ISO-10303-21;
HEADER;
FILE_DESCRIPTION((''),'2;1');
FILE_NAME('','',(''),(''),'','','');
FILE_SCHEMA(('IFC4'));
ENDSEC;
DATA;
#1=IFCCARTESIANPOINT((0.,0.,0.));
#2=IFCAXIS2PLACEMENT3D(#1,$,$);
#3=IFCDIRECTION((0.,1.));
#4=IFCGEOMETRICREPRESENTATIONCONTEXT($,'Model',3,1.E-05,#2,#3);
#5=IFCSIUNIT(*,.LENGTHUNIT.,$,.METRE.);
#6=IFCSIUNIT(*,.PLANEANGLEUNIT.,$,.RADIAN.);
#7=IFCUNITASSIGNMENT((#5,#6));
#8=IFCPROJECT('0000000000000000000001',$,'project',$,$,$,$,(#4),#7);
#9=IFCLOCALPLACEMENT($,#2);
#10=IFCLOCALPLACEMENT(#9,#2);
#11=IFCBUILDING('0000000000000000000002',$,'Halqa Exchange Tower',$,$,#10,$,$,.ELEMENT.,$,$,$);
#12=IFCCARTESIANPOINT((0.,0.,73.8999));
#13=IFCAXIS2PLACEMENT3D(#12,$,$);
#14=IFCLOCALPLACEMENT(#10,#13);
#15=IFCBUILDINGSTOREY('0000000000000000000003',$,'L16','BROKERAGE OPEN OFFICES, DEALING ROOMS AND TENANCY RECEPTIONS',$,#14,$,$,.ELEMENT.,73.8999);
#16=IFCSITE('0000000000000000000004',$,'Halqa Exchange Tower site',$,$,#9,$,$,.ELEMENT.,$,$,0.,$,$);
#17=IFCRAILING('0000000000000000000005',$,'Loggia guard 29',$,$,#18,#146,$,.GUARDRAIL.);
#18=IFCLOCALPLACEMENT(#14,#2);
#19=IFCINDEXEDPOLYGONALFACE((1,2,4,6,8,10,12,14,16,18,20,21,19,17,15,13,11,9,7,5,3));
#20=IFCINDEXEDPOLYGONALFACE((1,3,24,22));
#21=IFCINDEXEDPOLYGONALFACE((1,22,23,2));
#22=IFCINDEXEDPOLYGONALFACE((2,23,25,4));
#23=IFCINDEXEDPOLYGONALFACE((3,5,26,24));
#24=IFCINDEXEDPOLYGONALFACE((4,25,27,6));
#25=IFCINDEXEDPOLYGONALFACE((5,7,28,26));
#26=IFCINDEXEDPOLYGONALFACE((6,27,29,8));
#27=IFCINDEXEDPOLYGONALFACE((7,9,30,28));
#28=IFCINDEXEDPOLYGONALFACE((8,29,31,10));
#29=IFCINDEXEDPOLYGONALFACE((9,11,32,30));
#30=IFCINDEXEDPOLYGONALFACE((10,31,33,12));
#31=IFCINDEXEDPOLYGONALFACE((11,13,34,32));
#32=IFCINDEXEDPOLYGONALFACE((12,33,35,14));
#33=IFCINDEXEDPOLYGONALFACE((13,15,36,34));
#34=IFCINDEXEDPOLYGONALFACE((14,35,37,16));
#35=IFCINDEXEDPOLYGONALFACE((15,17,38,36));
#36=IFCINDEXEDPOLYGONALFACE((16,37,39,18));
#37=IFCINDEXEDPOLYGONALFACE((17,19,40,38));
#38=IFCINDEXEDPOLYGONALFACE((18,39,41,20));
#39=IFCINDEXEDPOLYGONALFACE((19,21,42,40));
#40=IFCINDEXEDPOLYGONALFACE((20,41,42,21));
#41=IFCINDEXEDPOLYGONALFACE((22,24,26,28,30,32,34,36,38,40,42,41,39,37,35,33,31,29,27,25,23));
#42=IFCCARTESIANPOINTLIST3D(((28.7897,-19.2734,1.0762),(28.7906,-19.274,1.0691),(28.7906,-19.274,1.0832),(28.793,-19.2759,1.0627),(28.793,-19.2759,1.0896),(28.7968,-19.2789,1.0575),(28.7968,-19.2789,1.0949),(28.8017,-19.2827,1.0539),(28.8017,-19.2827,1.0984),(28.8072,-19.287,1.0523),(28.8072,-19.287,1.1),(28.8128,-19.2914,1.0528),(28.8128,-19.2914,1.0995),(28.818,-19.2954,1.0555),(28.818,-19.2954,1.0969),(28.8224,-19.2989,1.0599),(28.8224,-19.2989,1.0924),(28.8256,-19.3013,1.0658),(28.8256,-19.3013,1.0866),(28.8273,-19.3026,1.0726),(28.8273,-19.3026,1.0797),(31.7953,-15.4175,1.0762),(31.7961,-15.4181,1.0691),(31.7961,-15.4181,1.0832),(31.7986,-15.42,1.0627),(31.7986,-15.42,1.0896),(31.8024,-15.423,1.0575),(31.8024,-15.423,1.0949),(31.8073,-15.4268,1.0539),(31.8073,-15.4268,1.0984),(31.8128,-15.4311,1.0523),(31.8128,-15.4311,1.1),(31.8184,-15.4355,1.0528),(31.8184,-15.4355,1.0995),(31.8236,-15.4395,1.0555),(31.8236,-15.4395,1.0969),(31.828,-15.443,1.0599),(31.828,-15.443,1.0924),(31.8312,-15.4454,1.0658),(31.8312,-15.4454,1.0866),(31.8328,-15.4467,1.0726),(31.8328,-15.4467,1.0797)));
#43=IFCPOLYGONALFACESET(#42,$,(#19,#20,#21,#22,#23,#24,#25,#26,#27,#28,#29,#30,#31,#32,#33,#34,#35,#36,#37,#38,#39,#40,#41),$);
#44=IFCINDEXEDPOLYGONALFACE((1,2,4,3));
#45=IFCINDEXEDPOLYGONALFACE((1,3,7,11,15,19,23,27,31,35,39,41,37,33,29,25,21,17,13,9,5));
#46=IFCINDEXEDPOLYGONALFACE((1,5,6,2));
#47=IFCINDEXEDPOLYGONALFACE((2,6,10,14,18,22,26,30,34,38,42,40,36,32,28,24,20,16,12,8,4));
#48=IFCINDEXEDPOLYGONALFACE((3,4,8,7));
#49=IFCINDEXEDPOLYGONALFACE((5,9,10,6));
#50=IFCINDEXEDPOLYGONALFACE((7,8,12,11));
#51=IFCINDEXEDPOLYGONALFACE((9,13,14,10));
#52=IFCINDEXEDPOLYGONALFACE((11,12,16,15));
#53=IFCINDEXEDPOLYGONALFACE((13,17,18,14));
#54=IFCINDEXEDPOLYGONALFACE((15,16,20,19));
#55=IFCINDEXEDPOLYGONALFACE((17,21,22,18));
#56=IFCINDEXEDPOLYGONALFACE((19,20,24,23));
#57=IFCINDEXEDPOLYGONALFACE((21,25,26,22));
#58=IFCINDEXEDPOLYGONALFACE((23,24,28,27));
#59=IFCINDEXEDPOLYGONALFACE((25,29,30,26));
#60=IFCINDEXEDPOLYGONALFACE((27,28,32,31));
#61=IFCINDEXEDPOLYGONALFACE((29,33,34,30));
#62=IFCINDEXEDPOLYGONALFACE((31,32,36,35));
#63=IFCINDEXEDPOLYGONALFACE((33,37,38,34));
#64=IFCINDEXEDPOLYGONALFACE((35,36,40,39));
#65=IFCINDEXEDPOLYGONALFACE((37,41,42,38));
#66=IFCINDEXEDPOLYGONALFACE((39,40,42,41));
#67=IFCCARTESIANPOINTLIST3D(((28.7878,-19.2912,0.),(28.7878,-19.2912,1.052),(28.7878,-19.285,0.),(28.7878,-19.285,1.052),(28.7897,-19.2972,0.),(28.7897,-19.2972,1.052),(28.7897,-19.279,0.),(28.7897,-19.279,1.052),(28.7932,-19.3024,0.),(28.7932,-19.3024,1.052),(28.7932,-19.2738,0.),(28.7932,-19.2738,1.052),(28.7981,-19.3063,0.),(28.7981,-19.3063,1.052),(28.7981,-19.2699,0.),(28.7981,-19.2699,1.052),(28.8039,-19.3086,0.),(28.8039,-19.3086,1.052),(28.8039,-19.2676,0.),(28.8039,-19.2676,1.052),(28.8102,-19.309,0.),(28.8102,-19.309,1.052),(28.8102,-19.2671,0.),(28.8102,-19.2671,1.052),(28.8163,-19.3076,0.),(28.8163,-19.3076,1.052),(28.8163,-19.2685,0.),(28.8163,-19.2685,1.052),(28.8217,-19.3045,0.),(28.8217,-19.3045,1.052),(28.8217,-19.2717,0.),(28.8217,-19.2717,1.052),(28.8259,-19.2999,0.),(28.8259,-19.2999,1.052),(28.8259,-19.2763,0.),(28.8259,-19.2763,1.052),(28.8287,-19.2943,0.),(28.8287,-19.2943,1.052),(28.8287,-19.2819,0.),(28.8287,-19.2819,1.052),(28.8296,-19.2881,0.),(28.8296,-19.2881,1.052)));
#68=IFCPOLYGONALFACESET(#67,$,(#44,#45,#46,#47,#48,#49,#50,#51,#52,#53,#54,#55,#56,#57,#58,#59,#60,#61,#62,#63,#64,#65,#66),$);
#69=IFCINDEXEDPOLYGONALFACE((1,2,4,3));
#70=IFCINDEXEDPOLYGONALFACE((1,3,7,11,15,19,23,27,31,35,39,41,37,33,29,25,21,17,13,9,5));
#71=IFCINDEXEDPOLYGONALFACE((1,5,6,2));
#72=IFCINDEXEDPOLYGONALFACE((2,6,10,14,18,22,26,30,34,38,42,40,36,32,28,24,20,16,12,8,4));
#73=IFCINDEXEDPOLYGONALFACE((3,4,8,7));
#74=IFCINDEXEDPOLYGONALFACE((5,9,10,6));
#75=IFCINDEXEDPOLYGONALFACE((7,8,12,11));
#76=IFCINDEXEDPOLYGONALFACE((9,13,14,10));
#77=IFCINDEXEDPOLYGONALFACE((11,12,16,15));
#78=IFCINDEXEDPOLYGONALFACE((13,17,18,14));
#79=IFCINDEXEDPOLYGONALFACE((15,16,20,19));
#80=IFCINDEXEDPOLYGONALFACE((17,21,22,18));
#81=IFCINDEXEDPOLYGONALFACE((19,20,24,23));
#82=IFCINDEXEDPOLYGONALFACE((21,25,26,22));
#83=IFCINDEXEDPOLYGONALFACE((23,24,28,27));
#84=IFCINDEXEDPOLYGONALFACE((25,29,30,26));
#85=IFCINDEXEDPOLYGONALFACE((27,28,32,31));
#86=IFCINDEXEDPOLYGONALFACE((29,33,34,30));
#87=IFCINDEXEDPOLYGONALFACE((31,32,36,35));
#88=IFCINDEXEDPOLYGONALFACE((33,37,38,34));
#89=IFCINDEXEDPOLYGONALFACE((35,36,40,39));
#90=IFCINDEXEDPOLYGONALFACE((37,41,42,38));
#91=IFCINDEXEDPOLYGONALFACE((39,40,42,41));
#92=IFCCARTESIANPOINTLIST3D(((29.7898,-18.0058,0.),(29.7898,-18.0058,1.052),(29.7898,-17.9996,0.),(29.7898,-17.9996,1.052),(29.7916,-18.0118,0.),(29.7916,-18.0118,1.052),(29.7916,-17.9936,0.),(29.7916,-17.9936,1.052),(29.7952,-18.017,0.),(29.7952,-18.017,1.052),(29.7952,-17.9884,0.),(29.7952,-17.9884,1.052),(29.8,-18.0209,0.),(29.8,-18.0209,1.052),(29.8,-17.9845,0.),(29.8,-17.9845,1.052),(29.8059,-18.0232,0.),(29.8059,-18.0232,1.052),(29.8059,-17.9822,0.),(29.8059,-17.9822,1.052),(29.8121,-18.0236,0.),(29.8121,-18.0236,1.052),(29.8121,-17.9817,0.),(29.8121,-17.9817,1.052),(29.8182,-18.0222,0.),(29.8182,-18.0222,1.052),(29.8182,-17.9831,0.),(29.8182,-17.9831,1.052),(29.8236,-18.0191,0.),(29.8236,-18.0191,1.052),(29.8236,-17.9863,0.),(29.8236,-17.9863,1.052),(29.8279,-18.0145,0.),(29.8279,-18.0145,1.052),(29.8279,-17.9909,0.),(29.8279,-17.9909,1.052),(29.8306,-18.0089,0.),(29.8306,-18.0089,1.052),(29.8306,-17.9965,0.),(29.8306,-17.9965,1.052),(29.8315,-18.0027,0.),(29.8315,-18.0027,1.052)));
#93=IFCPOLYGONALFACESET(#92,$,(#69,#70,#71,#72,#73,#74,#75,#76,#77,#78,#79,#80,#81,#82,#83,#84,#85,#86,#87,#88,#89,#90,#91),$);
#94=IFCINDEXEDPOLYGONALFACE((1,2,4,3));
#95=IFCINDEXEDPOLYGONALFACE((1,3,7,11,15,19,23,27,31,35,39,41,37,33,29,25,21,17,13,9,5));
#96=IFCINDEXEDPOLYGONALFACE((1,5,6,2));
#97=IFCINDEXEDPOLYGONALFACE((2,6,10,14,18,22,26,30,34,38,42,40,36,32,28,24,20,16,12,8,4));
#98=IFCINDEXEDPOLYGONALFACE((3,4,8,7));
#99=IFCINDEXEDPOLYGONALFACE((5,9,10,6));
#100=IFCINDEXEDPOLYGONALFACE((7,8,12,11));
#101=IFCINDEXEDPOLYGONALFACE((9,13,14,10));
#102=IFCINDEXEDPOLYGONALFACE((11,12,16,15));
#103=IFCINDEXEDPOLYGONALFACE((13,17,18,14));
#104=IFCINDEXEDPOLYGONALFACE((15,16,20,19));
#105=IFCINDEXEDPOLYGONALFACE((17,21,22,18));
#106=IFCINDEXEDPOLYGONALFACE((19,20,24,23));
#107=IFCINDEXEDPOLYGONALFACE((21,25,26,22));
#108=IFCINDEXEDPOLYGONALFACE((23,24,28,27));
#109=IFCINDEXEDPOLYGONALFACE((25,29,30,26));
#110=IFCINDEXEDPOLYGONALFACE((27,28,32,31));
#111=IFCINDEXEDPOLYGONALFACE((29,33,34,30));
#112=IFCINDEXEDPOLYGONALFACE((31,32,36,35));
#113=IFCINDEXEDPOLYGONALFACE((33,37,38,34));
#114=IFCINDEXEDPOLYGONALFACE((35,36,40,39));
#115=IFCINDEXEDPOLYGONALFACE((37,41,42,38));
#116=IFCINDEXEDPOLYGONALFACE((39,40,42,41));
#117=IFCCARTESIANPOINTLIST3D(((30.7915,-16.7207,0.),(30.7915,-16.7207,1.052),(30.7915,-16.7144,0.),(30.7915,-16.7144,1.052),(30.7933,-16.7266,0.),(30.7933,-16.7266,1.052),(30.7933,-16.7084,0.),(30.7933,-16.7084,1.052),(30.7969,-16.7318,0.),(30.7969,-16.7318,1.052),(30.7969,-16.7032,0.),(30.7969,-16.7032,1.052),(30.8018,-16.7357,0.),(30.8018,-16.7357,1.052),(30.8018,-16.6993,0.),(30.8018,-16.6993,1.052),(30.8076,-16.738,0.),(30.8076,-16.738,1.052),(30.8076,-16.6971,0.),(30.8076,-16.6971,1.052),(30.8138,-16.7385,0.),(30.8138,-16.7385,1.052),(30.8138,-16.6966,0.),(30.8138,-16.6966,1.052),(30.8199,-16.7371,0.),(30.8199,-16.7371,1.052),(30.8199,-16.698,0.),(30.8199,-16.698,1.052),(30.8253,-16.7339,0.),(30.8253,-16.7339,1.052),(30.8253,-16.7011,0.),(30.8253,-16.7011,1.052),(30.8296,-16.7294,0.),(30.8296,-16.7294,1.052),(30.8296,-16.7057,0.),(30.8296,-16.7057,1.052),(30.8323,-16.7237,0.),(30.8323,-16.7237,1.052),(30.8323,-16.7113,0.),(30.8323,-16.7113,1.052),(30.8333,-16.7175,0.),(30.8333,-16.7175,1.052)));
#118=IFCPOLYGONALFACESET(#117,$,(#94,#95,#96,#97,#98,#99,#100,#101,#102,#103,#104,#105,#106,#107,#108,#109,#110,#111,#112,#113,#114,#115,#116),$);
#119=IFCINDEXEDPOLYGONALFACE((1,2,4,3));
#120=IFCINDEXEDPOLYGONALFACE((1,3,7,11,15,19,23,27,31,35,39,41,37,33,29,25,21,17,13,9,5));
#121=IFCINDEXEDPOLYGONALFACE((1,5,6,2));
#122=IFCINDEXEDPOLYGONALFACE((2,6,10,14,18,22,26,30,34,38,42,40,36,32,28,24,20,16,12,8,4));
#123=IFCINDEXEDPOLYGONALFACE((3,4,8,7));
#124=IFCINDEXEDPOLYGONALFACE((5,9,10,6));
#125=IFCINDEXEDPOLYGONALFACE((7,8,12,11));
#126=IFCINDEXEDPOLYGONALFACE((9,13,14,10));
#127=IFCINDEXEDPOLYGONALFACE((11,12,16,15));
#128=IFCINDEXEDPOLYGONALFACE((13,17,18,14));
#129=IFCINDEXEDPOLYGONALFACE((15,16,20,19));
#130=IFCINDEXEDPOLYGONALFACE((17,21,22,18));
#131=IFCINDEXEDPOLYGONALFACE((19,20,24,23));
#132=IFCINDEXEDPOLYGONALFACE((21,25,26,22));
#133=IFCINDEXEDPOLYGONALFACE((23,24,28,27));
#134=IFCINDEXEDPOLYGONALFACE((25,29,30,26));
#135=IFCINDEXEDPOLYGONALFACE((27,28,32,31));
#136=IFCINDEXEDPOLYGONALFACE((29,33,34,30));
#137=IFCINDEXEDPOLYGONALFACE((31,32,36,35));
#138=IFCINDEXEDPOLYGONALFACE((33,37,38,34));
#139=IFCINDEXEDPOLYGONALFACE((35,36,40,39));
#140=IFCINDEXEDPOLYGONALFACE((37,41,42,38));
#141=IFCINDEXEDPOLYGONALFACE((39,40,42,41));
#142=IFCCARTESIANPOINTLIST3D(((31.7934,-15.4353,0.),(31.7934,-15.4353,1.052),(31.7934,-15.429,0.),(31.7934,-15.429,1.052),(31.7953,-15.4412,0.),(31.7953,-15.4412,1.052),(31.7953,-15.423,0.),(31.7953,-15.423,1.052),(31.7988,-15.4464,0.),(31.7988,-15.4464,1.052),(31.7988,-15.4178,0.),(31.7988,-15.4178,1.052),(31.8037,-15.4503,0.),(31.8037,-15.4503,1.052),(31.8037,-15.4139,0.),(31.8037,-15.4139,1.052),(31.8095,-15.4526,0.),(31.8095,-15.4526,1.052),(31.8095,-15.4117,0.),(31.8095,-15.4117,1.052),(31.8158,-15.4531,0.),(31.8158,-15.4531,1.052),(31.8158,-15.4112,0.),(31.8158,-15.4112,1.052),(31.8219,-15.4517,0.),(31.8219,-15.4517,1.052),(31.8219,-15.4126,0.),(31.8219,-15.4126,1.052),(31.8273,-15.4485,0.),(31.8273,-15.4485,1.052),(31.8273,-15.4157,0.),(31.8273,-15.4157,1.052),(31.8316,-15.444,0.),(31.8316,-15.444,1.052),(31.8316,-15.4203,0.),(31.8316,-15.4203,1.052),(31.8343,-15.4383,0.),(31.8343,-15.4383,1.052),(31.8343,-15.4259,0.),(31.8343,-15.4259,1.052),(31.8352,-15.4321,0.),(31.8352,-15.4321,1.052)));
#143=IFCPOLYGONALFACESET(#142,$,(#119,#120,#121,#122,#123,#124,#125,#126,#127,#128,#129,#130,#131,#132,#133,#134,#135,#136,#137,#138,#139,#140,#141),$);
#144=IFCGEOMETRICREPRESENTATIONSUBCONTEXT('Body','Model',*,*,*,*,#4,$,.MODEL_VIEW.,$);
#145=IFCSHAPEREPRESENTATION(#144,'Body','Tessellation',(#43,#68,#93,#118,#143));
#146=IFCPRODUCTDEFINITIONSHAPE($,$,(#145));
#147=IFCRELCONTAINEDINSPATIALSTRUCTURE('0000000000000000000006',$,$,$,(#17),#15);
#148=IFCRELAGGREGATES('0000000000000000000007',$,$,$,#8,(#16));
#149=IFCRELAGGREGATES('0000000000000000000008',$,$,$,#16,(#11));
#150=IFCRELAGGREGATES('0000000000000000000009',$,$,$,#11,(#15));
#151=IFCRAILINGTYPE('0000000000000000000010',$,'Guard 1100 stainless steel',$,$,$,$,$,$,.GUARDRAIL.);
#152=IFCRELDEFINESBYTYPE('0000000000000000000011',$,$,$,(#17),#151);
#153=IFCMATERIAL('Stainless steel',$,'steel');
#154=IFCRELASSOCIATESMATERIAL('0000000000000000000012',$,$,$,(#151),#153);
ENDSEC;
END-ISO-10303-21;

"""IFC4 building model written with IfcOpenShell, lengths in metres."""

from ifc_helpers import new_model, si_unit, direction, frame, origin, origin_2d, place, context, subcontext, project, spatial, circle, extrude, material, type_object, element, save


model = new_model("IFC4")

# Units and contexts
model_context = context("Model", 3, precision=1e-05, world=origin(), true_north=direction((0.0, 1.0)))
body_context = subcontext(model_context, "Body", "Model", "MODEL_VIEW")
ifc_project = project(units=[si_unit("LENGTHUNIT", "METRE"), si_unit("PLANEANGLEUNIT", "RADIAN")], contexts=[model_context])

# Site, building, storey
site_placement = place(None, origin())
site = spatial("IfcSite", under=ifc_project, at=site_placement, Name="Halqa Exchange Tower site", CompositionType="ELEMENT", RefElevation=0.0)
building_placement = place(site_placement, origin())
building = spatial("IfcBuilding", under=site, at=building_placement, Name="Halqa Exchange Tower", CompositionType="ELEMENT")
storey_placement = place(building_placement, frame((0.0, 0.0, 73.8999)))
storey = spatial("IfcBuildingStorey", under=building, at=storey_placement, Name="L16", Description="BROKERAGE OPEN OFFICES, DEALING ROOMS AND TENANCY RECEPTIONS", CompositionType="ELEMENT", Elevation=73.8999)

# Railing
ifc_material_1 = material(Name="Stainless steel", Category="steel")
railing_type = type_object("IfcRailingType", Name="Guard 1100 stainless steel", PredefinedType="GUARDRAIL", material=ifc_material_1)
railing_1_placement = place(storey_placement, frame((28.8086, -19.2881, 0.0)))
element("IfcRailing", 1, at=railing_1_placement, inside=storey, type_object=railing_type, Name="Loggia guard 29", PredefinedType="GUARDRAIL", context=body_context, shape_type="SweptSolid", body=[
    extrude(circle(Radius=0.0239, at=origin_2d()), frame((0.0, 0.0, 1.0762), z_axis=(0.614773, 0.788704, 0.0), x_axis=(-0.788704, 0.614773, 0.0)), (0.0, 0.0, 1.0), 4.8889),
    extrude(circle(Radius=0.021, at=origin_2d()), origin(), (0.0, 0.0, 1.0), 1.052),
    extrude(circle(Radius=0.021, at=origin_2d()), frame((1.002, 1.2854, 0.0)), (0.0, 0.0, 1.0), 1.052),
    extrude(circle(Radius=0.021, at=origin_2d()), frame((2.0037, 2.5706, 0.0)), (0.0, 0.0, 1.0), 1.052),
    extrude(circle(Radius=0.021, at=origin_2d()), frame((3.0056, 3.856, 0.0)), (0.0, 0.0, 1.0), 1.052),
])

save(model, "model.ifc")
